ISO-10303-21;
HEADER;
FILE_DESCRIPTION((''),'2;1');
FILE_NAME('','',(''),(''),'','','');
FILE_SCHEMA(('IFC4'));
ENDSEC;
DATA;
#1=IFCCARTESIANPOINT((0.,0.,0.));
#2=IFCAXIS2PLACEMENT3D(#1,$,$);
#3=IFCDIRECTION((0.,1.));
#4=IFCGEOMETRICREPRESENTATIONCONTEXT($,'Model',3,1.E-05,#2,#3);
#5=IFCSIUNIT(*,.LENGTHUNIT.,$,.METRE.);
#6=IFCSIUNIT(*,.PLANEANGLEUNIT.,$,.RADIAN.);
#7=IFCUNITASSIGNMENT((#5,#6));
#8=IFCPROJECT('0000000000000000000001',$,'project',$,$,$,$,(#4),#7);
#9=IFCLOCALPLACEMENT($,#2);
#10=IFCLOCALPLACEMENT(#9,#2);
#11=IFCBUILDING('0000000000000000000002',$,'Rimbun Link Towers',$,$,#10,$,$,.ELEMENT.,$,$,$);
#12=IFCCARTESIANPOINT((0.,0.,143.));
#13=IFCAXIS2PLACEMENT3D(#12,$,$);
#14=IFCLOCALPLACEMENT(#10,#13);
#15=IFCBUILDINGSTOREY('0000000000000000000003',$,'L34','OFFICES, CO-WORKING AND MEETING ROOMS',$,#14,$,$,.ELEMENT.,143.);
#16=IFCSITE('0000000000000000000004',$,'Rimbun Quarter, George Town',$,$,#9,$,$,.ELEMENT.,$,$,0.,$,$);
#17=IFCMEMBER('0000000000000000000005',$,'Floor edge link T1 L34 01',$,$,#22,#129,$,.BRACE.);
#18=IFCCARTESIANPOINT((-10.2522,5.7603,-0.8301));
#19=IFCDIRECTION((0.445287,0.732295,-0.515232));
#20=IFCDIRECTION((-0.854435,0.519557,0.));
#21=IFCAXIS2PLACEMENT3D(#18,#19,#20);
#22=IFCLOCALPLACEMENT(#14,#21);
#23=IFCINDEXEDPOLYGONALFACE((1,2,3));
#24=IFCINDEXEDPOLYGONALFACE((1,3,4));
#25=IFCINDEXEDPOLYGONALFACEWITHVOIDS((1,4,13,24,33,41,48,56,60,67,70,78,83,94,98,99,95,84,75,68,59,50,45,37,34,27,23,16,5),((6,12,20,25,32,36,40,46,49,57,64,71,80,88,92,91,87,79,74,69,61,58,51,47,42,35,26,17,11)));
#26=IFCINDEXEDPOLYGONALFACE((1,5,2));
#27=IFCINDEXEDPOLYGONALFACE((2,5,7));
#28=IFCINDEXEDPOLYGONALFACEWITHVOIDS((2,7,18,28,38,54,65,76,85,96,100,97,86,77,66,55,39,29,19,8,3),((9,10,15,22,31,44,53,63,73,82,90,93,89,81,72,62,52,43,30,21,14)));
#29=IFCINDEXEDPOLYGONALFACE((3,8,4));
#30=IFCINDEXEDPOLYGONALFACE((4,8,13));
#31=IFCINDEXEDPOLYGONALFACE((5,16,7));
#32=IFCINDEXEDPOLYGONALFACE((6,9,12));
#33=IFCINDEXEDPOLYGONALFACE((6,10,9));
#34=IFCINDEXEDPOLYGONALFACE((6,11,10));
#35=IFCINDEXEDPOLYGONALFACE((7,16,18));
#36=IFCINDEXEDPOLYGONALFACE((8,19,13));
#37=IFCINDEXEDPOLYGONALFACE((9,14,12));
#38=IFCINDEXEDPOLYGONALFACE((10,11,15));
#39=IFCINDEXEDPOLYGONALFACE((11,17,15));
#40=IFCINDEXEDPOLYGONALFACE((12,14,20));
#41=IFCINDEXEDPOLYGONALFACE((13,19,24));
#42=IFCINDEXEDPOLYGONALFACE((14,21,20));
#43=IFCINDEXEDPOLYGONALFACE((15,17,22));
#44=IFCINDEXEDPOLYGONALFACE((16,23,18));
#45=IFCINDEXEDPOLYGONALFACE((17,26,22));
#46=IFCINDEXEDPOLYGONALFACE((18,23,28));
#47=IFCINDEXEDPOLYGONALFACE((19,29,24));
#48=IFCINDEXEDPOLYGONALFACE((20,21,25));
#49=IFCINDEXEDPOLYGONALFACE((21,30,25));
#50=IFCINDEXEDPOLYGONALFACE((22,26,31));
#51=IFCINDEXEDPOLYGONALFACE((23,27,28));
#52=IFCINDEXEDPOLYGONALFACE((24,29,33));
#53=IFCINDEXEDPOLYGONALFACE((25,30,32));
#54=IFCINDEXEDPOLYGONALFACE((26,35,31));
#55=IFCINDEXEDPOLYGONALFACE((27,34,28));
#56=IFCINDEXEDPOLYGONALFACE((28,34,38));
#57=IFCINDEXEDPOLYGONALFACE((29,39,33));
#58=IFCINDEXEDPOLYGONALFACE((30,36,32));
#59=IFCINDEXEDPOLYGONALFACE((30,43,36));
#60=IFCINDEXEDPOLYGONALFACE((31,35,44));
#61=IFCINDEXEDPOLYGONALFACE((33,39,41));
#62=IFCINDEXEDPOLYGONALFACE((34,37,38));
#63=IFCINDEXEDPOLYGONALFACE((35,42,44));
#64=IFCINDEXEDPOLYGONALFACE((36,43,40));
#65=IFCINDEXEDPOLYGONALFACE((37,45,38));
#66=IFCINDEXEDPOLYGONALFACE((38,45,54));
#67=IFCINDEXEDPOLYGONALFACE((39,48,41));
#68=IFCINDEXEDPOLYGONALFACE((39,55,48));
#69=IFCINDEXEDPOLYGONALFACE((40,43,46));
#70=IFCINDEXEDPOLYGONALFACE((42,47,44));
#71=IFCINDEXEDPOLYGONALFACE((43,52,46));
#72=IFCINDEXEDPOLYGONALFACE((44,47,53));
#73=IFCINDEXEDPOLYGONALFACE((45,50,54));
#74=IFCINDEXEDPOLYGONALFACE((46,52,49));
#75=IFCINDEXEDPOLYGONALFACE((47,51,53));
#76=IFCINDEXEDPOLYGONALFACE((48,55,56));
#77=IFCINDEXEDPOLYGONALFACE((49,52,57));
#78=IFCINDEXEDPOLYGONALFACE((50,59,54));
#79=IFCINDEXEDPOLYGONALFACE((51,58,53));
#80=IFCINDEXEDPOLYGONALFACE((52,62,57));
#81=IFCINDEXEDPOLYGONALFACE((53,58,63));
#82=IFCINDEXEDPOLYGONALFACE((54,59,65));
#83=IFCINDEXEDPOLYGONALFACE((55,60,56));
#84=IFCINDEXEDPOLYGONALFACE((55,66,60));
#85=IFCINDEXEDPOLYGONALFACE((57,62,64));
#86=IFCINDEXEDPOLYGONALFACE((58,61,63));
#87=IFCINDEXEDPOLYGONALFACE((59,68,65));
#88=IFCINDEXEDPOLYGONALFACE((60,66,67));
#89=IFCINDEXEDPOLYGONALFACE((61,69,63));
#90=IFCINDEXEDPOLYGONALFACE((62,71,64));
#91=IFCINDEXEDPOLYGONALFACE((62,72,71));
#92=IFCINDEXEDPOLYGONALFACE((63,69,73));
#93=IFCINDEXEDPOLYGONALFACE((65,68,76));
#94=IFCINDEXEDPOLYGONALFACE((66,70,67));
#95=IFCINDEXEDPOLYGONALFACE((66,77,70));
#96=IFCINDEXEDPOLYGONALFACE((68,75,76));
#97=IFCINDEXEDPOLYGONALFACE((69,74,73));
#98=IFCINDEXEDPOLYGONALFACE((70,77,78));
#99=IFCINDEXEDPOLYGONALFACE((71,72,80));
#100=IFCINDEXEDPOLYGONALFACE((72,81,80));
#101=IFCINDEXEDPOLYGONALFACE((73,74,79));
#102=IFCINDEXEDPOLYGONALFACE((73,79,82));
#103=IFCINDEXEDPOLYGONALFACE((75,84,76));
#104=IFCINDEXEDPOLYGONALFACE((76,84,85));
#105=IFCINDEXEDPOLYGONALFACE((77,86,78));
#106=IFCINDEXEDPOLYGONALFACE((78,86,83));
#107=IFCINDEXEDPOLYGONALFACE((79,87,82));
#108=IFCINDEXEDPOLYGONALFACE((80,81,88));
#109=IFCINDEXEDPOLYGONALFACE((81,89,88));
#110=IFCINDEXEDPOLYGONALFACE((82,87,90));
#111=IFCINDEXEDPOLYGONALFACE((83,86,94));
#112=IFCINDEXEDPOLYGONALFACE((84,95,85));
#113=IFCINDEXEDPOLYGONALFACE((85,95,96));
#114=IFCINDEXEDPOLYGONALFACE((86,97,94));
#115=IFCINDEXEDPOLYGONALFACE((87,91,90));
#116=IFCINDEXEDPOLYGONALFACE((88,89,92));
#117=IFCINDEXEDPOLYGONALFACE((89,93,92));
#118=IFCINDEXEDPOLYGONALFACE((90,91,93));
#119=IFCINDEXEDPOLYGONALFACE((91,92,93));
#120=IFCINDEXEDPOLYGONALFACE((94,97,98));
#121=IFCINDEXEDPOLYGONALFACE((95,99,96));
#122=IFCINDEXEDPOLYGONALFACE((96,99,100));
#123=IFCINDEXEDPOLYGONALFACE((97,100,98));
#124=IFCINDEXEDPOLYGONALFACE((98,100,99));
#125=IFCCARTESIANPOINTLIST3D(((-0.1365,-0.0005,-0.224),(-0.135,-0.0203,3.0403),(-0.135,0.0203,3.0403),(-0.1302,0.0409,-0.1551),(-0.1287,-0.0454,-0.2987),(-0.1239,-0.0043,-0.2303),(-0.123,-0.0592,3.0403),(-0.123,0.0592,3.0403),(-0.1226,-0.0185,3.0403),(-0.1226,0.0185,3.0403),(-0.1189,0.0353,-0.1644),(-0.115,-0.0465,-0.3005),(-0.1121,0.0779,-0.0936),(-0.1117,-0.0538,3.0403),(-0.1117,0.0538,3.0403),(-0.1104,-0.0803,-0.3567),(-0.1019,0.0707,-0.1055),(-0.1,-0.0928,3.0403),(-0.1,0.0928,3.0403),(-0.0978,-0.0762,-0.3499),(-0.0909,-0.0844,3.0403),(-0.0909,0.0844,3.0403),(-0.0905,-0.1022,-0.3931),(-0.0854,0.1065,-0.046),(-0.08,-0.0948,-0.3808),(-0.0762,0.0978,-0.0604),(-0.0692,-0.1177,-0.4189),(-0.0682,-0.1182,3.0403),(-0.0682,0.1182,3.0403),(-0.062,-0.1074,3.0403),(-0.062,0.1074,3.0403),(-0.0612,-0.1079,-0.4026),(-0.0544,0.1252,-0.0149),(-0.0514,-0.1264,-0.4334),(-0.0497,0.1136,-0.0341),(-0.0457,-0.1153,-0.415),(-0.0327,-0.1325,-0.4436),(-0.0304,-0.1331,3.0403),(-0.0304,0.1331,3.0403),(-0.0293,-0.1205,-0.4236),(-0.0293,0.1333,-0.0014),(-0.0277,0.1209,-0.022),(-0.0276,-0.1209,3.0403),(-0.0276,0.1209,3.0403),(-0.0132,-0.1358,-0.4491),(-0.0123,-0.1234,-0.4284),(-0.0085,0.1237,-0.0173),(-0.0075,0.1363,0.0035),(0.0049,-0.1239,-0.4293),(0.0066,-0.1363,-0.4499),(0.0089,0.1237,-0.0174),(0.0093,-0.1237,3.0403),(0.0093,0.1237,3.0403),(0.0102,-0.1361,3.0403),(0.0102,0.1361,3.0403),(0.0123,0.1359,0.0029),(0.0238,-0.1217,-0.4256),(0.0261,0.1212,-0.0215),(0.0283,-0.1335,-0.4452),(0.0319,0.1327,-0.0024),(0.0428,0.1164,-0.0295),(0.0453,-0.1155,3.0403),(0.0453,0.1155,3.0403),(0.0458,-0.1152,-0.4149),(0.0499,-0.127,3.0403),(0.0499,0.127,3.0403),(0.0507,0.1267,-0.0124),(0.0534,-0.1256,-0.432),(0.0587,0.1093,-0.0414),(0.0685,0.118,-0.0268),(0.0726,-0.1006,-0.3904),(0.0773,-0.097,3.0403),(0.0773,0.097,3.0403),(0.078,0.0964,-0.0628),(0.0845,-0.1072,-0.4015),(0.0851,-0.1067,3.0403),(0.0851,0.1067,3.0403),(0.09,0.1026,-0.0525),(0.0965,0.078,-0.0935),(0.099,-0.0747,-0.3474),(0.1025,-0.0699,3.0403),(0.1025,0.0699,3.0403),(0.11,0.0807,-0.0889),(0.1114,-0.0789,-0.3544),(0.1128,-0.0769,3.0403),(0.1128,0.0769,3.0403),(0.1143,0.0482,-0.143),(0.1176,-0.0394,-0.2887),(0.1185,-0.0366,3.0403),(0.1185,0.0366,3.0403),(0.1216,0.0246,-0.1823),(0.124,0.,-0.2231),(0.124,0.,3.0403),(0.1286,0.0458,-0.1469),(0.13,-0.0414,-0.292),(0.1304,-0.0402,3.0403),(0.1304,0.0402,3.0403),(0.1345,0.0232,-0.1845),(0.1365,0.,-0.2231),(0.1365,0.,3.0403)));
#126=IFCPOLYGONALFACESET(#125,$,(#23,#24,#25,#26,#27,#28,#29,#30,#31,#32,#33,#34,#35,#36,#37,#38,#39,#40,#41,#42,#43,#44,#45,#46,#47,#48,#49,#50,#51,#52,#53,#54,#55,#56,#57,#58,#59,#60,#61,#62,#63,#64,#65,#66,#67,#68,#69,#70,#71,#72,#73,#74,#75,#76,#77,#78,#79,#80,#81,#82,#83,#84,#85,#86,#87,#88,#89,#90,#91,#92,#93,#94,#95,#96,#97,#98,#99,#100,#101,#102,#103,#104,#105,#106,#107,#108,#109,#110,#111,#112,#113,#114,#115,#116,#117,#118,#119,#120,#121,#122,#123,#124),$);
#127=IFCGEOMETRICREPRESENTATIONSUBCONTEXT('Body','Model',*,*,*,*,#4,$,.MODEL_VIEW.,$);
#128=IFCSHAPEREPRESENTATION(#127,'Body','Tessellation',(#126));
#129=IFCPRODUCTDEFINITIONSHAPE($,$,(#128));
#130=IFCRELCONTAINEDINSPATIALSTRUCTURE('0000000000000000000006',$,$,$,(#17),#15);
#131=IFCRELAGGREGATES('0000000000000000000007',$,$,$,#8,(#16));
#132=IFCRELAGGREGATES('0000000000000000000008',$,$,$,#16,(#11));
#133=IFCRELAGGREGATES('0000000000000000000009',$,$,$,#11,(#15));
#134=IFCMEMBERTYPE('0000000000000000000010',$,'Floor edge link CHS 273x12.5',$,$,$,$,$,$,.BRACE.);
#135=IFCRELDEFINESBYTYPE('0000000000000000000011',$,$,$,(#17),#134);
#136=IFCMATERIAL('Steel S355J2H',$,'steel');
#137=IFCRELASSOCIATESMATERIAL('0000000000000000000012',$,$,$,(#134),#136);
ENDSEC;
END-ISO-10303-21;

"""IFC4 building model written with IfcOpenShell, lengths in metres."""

from ifc_helpers import new_model, si_unit, direction, frame, origin, origin_2d, place, context, subcontext, project, spatial, hollow_circle, extrude, clip, halfspace, material, material_profile, profile_set, type_object, element, save


model = new_model("IFC4")

# Units and contexts
model_context = context("Model", 3, precision=1e-05, world=origin(), true_north=direction((0.0, 1.0)))
body_context = subcontext(model_context, "Body", "Model", "MODEL_VIEW")
ifc_project = project(units=[si_unit("LENGTHUNIT", "METRE"), si_unit("PLANEANGLEUNIT", "RADIAN")], contexts=[model_context])

# Site, building, storey
site_placement = place(None, origin())
site = spatial("IfcSite", under=ifc_project, at=site_placement, Name="Rimbun Quarter, George Town", CompositionType="ELEMENT", RefElevation=0.0)
building_placement = place(site_placement, origin())
building = spatial("IfcBuilding", under=site, at=building_placement, Name="Rimbun Link Towers", CompositionType="ELEMENT")
storey_placement = place(building_placement, frame((0.0, 0.0, 143.0)))
storey = spatial("IfcBuildingStorey", under=building, at=storey_placement, Name="L34", Description="OFFICES, CO-WORKING AND MEETING ROOMS", CompositionType="ELEMENT", Elevation=143.0)

# Member
ifc_material_1 = material(Name="Steel S355J2H", Category="steel")
ifc_material_profile_1 = material_profile(ifc_material_1, hollow_circle(Radius=0.1365, WallThickness=0.0125, at=origin_2d()), Name="CHS 273x12.5")
ifc_profile_set_1 = profile_set([ifc_material_profile_1], Name="Steel S355J2H")
member_type_1 = type_object("IfcMemberType", Name="Floor edge link CHS 273x12.5", PredefinedType="BRACE", material=ifc_profile_set_1)
member_1_placement = place(storey_placement, frame((-10.2522, 5.7603, -0.8301), z_axis=(0.445287, 0.732295, -0.515232), x_axis=(-0.854435, 0.519557, 0.0)))
element("IfcMember", 1, at=member_1_placement, inside=storey, type_object=member_type_1, Name="Floor edge link T1 L34 01", PredefinedType="BRACE", context=body_context, shape_type="Clipping", body=[
    clip(extrude(hollow_circle(Radius=0.1365, WallThickness=0.0125, at=origin_2d()), frame((0.0, 0.0, -0.4734)), (0.0, 0.0, 1.0), 3.5137), halfspace(frame((0.0, 0.0, -0.2231), z_axis=(0.0, 0.857051, -0.515232)), False)),
])

save(model, "model.ifc")
